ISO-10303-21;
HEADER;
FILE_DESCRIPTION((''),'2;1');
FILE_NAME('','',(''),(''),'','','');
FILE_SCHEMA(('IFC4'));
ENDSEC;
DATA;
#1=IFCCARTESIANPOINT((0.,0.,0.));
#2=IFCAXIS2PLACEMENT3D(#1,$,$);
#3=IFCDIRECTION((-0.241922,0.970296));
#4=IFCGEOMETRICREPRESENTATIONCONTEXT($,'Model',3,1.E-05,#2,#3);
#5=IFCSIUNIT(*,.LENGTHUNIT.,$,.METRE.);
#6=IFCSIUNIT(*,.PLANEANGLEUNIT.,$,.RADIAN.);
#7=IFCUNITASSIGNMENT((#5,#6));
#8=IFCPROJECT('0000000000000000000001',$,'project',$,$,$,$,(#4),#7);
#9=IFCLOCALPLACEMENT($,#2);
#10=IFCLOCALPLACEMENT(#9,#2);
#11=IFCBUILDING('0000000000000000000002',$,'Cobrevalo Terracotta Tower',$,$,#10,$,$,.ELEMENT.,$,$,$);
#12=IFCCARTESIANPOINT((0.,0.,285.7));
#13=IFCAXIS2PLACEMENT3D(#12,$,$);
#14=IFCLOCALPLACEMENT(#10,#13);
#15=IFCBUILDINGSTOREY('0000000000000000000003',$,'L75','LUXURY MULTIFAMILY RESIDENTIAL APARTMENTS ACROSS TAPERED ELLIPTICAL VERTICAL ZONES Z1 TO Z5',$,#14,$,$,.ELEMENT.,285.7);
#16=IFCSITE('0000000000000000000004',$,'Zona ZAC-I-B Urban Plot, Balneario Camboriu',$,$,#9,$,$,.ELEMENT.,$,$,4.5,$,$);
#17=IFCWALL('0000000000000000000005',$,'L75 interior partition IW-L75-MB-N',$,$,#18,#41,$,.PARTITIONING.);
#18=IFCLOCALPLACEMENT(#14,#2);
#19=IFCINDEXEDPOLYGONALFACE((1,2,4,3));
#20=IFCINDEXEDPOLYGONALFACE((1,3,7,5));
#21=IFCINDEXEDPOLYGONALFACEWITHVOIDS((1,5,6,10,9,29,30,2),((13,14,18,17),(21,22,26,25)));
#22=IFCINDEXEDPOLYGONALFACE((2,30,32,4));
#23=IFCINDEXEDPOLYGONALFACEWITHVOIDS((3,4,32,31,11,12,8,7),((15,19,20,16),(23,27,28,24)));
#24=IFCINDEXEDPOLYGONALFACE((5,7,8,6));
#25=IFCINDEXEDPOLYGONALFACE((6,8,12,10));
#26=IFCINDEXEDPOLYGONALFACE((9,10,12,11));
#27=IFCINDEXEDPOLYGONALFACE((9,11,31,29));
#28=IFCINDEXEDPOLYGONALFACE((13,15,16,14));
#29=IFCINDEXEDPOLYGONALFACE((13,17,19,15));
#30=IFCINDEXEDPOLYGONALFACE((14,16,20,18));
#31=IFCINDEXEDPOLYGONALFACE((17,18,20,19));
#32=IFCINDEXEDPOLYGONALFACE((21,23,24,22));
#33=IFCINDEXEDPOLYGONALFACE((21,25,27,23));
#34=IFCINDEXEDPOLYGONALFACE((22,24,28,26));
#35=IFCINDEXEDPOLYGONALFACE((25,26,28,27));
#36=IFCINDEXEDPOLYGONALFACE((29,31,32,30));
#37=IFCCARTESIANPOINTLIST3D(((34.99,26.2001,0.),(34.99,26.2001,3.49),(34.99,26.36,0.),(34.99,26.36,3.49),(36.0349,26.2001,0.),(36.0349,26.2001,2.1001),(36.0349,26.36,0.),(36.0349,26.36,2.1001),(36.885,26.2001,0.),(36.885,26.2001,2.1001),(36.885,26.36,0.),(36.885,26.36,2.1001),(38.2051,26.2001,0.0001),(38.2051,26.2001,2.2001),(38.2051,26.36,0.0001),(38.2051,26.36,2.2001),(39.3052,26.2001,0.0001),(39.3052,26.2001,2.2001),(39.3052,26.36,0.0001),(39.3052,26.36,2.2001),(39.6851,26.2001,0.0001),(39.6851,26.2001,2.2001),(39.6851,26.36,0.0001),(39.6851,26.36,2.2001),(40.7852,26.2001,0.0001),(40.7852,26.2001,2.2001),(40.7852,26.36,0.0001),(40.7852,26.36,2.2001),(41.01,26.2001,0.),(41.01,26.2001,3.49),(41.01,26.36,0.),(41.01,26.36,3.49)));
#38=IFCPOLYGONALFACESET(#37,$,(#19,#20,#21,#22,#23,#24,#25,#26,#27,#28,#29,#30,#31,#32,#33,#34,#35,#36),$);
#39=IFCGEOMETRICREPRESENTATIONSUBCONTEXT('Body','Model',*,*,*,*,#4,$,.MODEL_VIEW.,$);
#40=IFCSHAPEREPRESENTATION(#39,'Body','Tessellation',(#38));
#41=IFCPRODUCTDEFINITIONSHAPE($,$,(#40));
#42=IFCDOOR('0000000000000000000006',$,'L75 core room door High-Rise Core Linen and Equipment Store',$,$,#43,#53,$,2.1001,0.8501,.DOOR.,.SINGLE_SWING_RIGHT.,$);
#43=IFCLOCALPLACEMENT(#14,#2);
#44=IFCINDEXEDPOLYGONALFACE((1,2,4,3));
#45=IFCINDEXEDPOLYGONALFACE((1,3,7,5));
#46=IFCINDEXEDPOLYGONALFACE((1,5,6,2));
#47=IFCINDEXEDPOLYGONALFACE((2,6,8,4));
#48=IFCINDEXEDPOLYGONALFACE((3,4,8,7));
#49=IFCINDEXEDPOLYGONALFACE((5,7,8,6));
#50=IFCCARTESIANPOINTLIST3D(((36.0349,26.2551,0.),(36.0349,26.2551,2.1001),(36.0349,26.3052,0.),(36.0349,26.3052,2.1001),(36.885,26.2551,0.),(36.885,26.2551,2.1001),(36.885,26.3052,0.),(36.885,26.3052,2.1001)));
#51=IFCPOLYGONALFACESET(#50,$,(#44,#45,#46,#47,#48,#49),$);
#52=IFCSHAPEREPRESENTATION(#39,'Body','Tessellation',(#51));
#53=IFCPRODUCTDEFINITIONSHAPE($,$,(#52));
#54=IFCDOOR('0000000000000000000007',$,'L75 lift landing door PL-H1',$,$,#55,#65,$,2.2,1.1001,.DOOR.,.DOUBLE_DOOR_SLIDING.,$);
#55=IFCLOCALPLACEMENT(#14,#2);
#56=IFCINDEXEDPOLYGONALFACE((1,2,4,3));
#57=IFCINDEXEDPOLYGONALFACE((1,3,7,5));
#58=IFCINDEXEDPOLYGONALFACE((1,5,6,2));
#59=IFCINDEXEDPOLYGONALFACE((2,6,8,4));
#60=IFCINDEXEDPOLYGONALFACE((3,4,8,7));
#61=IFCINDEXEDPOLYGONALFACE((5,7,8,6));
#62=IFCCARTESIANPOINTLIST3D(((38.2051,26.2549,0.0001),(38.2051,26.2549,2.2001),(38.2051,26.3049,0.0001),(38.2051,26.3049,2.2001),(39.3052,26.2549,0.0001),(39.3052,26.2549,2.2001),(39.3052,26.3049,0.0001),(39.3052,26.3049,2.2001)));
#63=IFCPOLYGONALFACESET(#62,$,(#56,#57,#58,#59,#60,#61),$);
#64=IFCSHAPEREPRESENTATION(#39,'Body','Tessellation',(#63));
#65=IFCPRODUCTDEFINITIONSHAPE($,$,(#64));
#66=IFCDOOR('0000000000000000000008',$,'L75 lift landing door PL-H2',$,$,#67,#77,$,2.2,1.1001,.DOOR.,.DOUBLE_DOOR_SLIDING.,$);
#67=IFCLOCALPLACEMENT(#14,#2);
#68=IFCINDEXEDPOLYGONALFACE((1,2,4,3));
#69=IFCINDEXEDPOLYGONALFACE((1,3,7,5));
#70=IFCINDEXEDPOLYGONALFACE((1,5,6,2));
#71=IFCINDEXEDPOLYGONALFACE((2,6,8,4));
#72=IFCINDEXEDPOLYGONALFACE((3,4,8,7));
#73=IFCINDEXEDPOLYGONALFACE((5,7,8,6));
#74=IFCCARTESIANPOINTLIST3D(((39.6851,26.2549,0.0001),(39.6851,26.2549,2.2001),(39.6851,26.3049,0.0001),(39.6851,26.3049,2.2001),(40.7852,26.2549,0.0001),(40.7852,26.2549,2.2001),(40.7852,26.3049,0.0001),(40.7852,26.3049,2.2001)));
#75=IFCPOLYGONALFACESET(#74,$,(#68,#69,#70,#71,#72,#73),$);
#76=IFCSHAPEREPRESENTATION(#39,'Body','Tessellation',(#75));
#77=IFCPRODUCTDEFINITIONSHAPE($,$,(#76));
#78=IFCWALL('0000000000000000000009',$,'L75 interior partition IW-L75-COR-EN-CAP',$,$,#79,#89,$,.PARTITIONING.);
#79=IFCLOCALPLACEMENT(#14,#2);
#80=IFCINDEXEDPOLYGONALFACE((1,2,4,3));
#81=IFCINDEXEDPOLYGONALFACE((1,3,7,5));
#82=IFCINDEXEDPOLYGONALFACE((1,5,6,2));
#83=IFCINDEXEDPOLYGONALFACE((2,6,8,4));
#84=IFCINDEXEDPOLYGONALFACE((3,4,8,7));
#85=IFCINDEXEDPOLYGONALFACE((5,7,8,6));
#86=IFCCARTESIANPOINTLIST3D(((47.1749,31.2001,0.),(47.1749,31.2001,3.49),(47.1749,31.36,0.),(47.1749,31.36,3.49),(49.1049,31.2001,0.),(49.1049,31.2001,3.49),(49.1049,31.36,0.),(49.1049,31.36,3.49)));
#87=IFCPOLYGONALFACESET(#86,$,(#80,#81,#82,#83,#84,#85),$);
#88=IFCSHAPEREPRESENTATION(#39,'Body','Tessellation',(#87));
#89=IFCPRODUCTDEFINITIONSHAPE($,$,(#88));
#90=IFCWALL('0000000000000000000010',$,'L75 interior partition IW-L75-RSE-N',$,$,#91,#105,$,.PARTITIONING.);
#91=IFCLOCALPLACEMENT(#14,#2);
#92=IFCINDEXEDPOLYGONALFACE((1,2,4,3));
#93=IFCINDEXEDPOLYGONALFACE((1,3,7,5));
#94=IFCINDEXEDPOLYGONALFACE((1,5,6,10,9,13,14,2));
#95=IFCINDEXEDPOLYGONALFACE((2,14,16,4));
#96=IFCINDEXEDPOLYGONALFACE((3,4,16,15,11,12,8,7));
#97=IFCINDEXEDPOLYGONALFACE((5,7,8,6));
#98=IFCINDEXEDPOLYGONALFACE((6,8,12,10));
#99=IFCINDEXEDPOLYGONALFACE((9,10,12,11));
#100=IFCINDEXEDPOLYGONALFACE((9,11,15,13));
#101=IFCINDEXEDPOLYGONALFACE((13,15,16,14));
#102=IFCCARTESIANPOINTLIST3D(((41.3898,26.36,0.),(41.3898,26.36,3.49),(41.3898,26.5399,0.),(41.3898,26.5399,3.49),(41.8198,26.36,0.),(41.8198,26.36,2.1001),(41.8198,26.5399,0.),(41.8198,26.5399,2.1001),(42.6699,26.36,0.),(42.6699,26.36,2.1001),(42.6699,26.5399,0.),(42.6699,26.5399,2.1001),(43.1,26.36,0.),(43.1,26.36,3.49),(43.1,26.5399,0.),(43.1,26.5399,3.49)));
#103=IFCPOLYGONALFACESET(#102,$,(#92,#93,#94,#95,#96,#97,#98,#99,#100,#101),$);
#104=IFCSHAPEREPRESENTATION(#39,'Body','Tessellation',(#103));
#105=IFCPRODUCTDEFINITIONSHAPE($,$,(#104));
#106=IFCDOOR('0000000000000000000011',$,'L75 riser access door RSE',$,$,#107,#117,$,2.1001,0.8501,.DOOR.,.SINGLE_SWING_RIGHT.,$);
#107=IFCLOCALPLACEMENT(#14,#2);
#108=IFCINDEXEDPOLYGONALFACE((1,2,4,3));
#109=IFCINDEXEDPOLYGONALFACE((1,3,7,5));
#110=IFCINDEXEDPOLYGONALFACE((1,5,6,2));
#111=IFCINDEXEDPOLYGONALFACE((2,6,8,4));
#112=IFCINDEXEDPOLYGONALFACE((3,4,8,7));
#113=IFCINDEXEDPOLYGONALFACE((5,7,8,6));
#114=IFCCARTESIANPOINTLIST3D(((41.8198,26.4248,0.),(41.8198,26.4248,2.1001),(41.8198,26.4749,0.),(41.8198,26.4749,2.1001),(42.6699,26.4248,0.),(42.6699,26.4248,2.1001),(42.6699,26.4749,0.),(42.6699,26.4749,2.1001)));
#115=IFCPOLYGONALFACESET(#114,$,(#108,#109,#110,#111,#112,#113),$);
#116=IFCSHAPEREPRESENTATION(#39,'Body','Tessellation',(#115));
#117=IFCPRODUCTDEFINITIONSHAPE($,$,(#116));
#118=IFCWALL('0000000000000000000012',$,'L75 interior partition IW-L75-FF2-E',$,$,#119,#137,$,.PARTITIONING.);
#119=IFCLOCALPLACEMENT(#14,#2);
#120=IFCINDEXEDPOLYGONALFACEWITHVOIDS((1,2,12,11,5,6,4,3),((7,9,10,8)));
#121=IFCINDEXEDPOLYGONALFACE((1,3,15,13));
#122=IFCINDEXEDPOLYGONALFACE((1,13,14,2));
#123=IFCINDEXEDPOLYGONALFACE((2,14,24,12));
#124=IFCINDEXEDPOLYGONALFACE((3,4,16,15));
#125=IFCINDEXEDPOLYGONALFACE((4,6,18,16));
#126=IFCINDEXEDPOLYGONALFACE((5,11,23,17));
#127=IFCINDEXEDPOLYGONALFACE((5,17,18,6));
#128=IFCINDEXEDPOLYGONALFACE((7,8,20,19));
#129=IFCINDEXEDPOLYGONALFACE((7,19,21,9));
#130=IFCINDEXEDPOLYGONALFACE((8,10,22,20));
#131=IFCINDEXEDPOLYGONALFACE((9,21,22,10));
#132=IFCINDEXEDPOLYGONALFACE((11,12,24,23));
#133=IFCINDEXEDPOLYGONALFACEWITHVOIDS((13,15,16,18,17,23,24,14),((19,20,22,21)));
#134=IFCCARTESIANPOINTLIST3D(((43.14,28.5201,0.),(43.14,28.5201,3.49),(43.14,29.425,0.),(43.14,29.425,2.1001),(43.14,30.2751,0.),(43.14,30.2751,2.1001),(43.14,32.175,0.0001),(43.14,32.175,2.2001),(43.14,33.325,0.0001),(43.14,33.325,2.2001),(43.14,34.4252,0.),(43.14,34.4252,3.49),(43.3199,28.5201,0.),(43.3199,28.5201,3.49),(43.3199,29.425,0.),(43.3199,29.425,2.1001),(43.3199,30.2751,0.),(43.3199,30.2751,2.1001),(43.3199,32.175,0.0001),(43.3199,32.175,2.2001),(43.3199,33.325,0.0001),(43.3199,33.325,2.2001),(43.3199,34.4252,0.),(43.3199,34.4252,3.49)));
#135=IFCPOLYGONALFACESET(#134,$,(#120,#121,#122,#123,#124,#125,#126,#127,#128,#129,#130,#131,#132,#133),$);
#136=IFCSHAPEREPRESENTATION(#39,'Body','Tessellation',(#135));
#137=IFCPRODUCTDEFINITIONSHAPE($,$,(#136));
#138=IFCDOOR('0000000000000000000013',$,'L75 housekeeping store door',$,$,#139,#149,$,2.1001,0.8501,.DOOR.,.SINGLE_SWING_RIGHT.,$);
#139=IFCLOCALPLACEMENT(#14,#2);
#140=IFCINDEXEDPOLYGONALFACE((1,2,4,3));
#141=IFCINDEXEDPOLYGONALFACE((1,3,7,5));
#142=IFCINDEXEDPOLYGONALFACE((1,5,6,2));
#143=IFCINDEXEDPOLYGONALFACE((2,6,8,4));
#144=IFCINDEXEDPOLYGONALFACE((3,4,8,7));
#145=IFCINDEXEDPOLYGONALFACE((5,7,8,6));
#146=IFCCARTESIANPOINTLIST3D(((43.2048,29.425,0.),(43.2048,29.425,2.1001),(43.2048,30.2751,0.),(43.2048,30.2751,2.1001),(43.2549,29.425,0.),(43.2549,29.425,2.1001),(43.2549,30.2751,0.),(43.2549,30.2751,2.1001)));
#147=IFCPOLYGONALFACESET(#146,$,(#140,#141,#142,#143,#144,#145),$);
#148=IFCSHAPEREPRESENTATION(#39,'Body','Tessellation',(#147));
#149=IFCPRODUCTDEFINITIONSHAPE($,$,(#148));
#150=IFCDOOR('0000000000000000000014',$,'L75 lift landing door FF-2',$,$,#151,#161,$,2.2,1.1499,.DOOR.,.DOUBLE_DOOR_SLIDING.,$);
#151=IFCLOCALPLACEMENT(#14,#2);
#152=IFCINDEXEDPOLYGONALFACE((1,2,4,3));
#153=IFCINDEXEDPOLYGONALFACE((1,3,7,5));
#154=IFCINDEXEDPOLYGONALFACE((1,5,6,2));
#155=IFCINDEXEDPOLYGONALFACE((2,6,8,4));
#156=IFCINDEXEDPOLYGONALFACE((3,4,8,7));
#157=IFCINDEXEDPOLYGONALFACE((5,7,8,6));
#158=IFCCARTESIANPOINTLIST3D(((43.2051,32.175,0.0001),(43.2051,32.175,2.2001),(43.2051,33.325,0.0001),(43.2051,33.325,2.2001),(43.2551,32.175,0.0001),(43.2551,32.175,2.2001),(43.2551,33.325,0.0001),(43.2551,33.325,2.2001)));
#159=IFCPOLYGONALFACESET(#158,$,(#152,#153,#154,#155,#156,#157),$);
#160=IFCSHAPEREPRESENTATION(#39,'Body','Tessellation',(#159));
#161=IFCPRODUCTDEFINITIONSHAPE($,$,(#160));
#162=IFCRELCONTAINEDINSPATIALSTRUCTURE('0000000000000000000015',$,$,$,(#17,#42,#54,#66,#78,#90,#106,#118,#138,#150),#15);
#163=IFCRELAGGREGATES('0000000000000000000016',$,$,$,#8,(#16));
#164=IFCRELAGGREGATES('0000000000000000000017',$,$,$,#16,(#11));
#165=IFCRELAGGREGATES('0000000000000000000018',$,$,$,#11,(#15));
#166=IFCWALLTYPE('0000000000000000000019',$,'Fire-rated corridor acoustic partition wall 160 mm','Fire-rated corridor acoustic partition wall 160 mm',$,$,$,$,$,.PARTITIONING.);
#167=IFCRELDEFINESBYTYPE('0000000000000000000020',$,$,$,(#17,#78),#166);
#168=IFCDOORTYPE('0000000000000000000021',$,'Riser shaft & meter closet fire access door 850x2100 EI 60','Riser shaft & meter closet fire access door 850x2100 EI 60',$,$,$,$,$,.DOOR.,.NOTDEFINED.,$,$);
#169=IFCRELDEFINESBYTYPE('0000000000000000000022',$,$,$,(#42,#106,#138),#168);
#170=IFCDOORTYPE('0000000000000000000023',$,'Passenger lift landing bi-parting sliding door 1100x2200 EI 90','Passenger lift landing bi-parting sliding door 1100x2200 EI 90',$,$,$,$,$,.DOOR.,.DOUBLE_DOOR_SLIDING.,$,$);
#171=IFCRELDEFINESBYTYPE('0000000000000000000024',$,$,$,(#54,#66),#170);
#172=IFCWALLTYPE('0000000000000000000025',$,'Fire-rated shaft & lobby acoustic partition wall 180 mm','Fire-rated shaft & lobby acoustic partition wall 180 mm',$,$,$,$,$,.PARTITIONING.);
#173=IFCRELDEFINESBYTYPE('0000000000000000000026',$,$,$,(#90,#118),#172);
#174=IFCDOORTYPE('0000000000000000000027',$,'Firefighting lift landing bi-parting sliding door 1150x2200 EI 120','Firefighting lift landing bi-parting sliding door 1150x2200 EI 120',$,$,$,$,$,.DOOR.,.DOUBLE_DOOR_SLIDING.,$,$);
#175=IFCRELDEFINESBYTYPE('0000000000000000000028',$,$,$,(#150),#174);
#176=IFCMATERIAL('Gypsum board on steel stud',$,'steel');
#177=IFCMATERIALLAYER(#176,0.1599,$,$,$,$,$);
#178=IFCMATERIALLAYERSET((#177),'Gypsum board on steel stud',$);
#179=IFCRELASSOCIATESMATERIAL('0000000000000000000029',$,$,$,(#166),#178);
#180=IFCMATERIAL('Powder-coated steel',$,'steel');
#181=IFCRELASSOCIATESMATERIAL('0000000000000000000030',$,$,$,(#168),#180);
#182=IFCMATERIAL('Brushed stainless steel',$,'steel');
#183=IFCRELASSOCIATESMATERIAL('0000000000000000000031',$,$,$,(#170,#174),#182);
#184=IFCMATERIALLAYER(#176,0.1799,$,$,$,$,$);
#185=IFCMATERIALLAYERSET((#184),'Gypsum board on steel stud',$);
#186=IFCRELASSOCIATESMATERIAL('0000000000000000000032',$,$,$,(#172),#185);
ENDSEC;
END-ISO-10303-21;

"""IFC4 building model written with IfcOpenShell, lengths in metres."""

from ifc_helpers import new_model, si_unit, direction, frame, frame_2d, origin, place, context, subcontext, project, spatial, rectangle, extrude, source, transform, mapped, material, layer, layer_set, type_object, element, fill, save


model = new_model("IFC4")

# Units and contexts
model_context = context("Model", 3, precision=1e-05, world=origin(), true_north=direction((-0.241922, 0.970296)))
body_context = subcontext(model_context, "Body", "Model", "MODEL_VIEW")
ifc_project = project(units=[si_unit("LENGTHUNIT", "METRE"), si_unit("PLANEANGLEUNIT", "RADIAN")], contexts=[model_context])

# Site, building, storey
site_placement = place(None, origin())
site = spatial("IfcSite", under=ifc_project, at=site_placement, Name="Zona ZAC-I-B Urban Plot, Balneario Camboriu", CompositionType="ELEMENT", RefElevation=4.5)
building_placement = place(site_placement, origin())
building = spatial("IfcBuilding", under=site, at=building_placement, Name="Cobrevalo Terracotta Tower", CompositionType="ELEMENT")
storey_placement = place(building_placement, frame((0.0, 0.0, 285.7)))
storey = spatial("IfcBuildingStorey", under=building, at=storey_placement, Name="L75", Description="LUXURY MULTIFAMILY RESIDENTIAL APARTMENTS ACROSS TAPERED ELLIPTICAL VERTICAL ZONES Z1 TO Z5", CompositionType="ELEMENT", Elevation=285.7)

# Shared definitions
ifc_material_1 = material(Name="Gypsum board on steel stud", Category="steel")
ifc_layer_1 = layer(ifc_material_1, 0.1599)
ifc_layer_set_1 = layer_set([ifc_layer_1], Name="Gypsum board on steel stud")
wall_type_1 = type_object("IfcWallType", Name="Fire-rated corridor acoustic partition wall 160 mm", Description="Fire-rated corridor acoustic partition wall 160 mm", PredefinedType="PARTITIONING", material=ifc_layer_set_1)

# Wall, openings, doors
ifc_material_2 = material(Name="Powder-coated steel", Category="steel")
door_type_1 = type_object("IfcDoorType", Name="Riser shaft & meter closet fire access door 850x2100 EI 60", Description="Riser shaft & meter closet fire access door 850x2100 EI 60", OperationType="NOTDEFINED", PredefinedType="DOOR", material=ifc_material_2)
shared_shape_1 = source(origin(), body_context, "Body", "SweptSolid", [
    extrude(rectangle(XDim=0.8501, YDim=2.1001, at=frame_2d((0.425, 1.05))), frame((0.0, 0.0249, 0.0), z_axis=(0.0, -1.0, 0.0), x_axis=(1.0, 0.0, 0.0)), (0.0, 0.0, 1.0), 0.05),
])
wall_1_placement = place(storey_placement, frame((34.99, 26.28, 0.0), z_axis=(0.0, 0.0, 1.0), x_axis=(1.0, 0.0, 0.0)))
wall_1 = element("IfcWall", 1, at=wall_1_placement, inside=storey, type_object=wall_type_1, Name="L75 interior partition IW-L75-MB-N", PredefinedType="PARTITIONING", context=body_context, shape_type="SweptSolid", body=[
    extrude(rectangle(XDim=6.02, YDim=0.1599, at=frame_2d((3.01, 0.0))), origin(), (0.0, 0.0, 1.0), 3.49),
])
opening_1_placement = place(wall_1_placement, frame((1.0449, 0.0, 0.0)))
opening_1 = element("IfcOpeningElement", 2, at=opening_1_placement, cuts=wall_1, PredefinedType="OPENING", context=body_context, shape_type="SweptSolid", body=[
    extrude(rectangle(XDim=0.8501, YDim=2.1001, at=frame_2d((0.425, 1.05))), frame((0.0, 0.0898, 0.0), z_axis=(0.0, -1.0, 0.0), x_axis=(1.0, 0.0, 0.0)), (0.0, 0.0, 1.0), 0.1799),
])
opening_2_placement = place(wall_1_placement, frame((3.2151, 0.0, 0.0)))
opening_2 = element("IfcOpeningElement", 3, at=opening_2_placement, cuts=wall_1, PredefinedType="OPENING", context=body_context, shape_type="SweptSolid", body=[
    extrude(rectangle(XDim=1.1001, YDim=2.2, at=frame_2d((0.55, 1.1001))), frame((0.0, 0.0898, 0.0), z_axis=(0.0, -1.0, 0.0), x_axis=(1.0, 0.0, 0.0)), (0.0, 0.0, 1.0), 0.1799),
])
opening_3_placement = place(wall_1_placement, frame((4.6951, 0.0, 0.0)))
opening_3 = element("IfcOpeningElement", 4, at=opening_3_placement, cuts=wall_1, PredefinedType="OPENING", context=body_context, shape_type="SweptSolid", body=[
    extrude(rectangle(XDim=1.1001, YDim=2.2, at=frame_2d((0.55, 1.1001))), frame((0.0, 0.0898, 0.0), z_axis=(0.0, -1.0, 0.0), x_axis=(1.0, 0.0, 0.0)), (0.0, 0.0, 1.0), 0.1799),
])
door_1_placement = place(opening_1_placement, frame((0.8501, 0.0, 0.0), z_axis=(0.0, 0.0, 1.0), x_axis=(-1.0, 0.0, 0.0)))
door_1 = element("IfcDoor", 5, at=door_1_placement, inside=storey, type_object=door_type_1, Name="L75 core room door High-Rise Core Linen and Equipment Store", OperationType="SINGLE_SWING_RIGHT", OverallHeight=2.1001, OverallWidth=0.8501, PredefinedType="DOOR", context=body_context, shape_type="MappedRepresentation", body=[
    mapped(shared_shape_1, transform((0.0, 0.0, 0.0), scale=1.0)),
])
fill(opening_1, door_1)
ifc_material_3 = material(Name="Brushed stainless steel", Category="steel")
door_type_2 = type_object("IfcDoorType", Name="Passenger lift landing bi-parting sliding door 1100x2200 EI 90", Description="Passenger lift landing bi-parting sliding door 1100x2200 EI 90", OperationType="DOUBLE_DOOR_SLIDING", PredefinedType="DOOR", material=ifc_material_3)
shared_shape_2 = source(origin(), body_context, "Body", "SweptSolid", [
    extrude(rectangle(XDim=1.1001, YDim=2.2, at=frame_2d((0.55, 1.1001))), frame((0.0, 0.0249, 0.0), z_axis=(0.0, -1.0, 0.0), x_axis=(1.0, 0.0, 0.0)), (0.0, 0.0, 1.0), 0.05),
])
door_2_placement = place(opening_2_placement, origin())
door_2 = element("IfcDoor", 6, at=door_2_placement, inside=storey, type_object=door_type_2, Name="L75 lift landing door PL-H1", OperationType="DOUBLE_DOOR_SLIDING", OverallHeight=2.2, OverallWidth=1.1001, PredefinedType="DOOR", context=body_context, shape_type="MappedRepresentation", body=[
    mapped(shared_shape_2, transform((0.0, 0.0, 0.0), scale=1.0)),
])
fill(opening_2, door_2)
door_3_placement = place(opening_3_placement, origin())
door_3 = element("IfcDoor", 7, at=door_3_placement, inside=storey, type_object=door_type_2, Name="L75 lift landing door PL-H2", OperationType="DOUBLE_DOOR_SLIDING", OverallHeight=2.2, OverallWidth=1.1001, PredefinedType="DOOR", context=body_context, shape_type="MappedRepresentation", body=[
    mapped(shared_shape_2, transform((0.0, 0.0, 0.0), scale=1.0)),
])
fill(opening_3, door_3)

# Wall
wall_2_placement = place(storey_placement, frame((47.175, 31.28, 0.0), z_axis=(0.0, 0.0, 1.0), x_axis=(1.0, 0.0, 0.0)))
element("IfcWall", 8, at=wall_2_placement, inside=storey, type_object=wall_type_1, Name="L75 interior partition IW-L75-COR-EN-CAP", PredefinedType="PARTITIONING", context=body_context, shape_type="SweptSolid", body=[
    extrude(rectangle(XDim=1.9299, YDim=0.1599, at=frame_2d((0.9648, 0.0))), origin(), (0.0, 0.0, 1.0), 3.49),
])

# Wall, opening, door
ifc_layer_2 = layer(ifc_material_1, 0.1799)
ifc_layer_set_2 = layer_set([ifc_layer_2], Name="Gypsum board on steel stud")
wall_type_2 = type_object("IfcWallType", Name="Fire-rated shaft & lobby acoustic partition wall 180 mm", Description="Fire-rated shaft & lobby acoustic partition wall 180 mm", PredefinedType="PARTITIONING", material=ifc_layer_set_2)
wall_3_placement = place(storey_placement, frame((41.3899, 26.45, 0.0), z_axis=(0.0, 0.0, 1.0), x_axis=(1.0, 0.0, 0.0)))
wall_3 = element("IfcWall", 9, at=wall_3_placement, inside=storey, type_object=wall_type_2, Name="L75 interior partition IW-L75-RSE-N", PredefinedType="PARTITIONING", context=body_context, shape_type="SweptSolid", body=[
    extrude(rectangle(XDim=1.7102, YDim=0.1799, at=frame_2d((0.855, 0.0))), origin(), (0.0, 0.0, 1.0), 3.49),
])
opening_4_placement = place(wall_3_placement, frame((0.4299, 0.0, 0.0)))
opening_4 = element("IfcOpeningElement", 10, at=opening_4_placement, cuts=wall_3, PredefinedType="OPENING", context=body_context, shape_type="SweptSolid", body=[
    extrude(rectangle(XDim=0.8501, YDim=2.1001, at=frame_2d((0.425, 1.05))), frame((0.0, 0.1001, 0.0), z_axis=(0.0, -1.0, 0.0), x_axis=(1.0, 0.0, 0.0)), (0.0, 0.0, 1.0), 0.2),
])
door_4_placement = place(opening_4_placement, origin())
door_4 = element("IfcDoor", 11, at=door_4_placement, inside=storey, type_object=door_type_1, Name="L75 riser access door RSE", OperationType="SINGLE_SWING_RIGHT", OverallHeight=2.1001, OverallWidth=0.8501, PredefinedType="DOOR", context=body_context, shape_type="MappedRepresentation", body=[
    mapped(shared_shape_1, transform((0.0, 0.0, 0.0), scale=1.0)),
])
fill(opening_4, door_4)

# Wall, openings, doors
wall_4_placement = place(storey_placement, frame((43.23, 28.52, 0.0), z_axis=(0.0, 0.0, 1.0), x_axis=(0.0, 1.0, 0.0)))
wall_4 = element("IfcWall", 12, at=wall_4_placement, inside=storey, type_object=wall_type_2, Name="L75 interior partition IW-L75-FF2-E", PredefinedType="PARTITIONING", context=body_context, shape_type="SweptSolid", body=[
    extrude(rectangle(XDim=5.905, YDim=0.1799, at=frame_2d((2.9526, 0.0))), origin(), (0.0, 0.0, 1.0), 3.49),
])
opening_5_placement = place(wall_4_placement, frame((0.905, 0.0, 0.0)))
opening_5 = element("IfcOpeningElement", 13, at=opening_5_placement, cuts=wall_4, PredefinedType="OPENING", context=body_context, shape_type="SweptSolid", body=[
    extrude(rectangle(XDim=0.8501, YDim=2.1001, at=frame_2d((0.425, 1.05))), frame((0.0, 0.1001, 0.0), z_axis=(0.0, -1.0, 0.0), x_axis=(1.0, 0.0, 0.0)), (0.0, 0.0, 1.0), 0.2),
])
opening_6_placement = place(wall_4_placement, frame((3.655, 0.0, 0.0)))
opening_6 = element("IfcOpeningElement", 14, at=opening_6_placement, cuts=wall_4, PredefinedType="OPENING", context=body_context, shape_type="SweptSolid", body=[
    extrude(rectangle(XDim=1.1499, YDim=2.2, at=frame_2d((0.575, 1.1001))), frame((0.0, 0.1001, 0.0), z_axis=(0.0, -1.0, 0.0), x_axis=(1.0, 0.0, 0.0)), (0.0, 0.0, 1.0), 0.2),
])
door_5_placement = place(opening_5_placement, frame((0.8501, 0.0, 0.0), z_axis=(0.0, 0.0, 1.0), x_axis=(-1.0, 0.0, 0.0)))
door_5 = element("IfcDoor", 15, at=door_5_placement, inside=storey, type_object=door_type_1, Name="L75 housekeeping store door", OperationType="SINGLE_SWING_RIGHT", OverallHeight=2.1001, OverallWidth=0.8501, PredefinedType="DOOR", context=body_context, shape_type="MappedRepresentation", body=[
    mapped(shared_shape_1, transform((0.0, 0.0, 0.0), scale=1.0)),
])
fill(opening_5, door_5)
door_type_3 = type_object("IfcDoorType", Name="Firefighting lift landing bi-parting sliding door 1150x2200 EI 120", Description="Firefighting lift landing bi-parting sliding door 1150x2200 EI 120", OperationType="DOUBLE_DOOR_SLIDING", PredefinedType="DOOR", material=ifc_material_3)
shared_shape_3 = source(origin(), body_context, "Body", "SweptSolid", [
    extrude(rectangle(XDim=1.1499, YDim=2.2, at=frame_2d((0.575, 1.1001))), frame((0.0, 0.0249, 0.0), z_axis=(0.0, -1.0, 0.0), x_axis=(1.0, 0.0, 0.0)), (0.0, 0.0, 1.0), 0.05),
])
door_6_placement = place(opening_6_placement, origin())
door_6 = element("IfcDoor", 16, at=door_6_placement, inside=storey, type_object=door_type_3, Name="L75 lift landing door FF-2", OperationType="DOUBLE_DOOR_SLIDING", OverallHeight=2.2, OverallWidth=1.1499, PredefinedType="DOOR", context=body_context, shape_type="MappedRepresentation", body=[
    mapped(shared_shape_3, transform((0.0, 0.0, 0.0), scale=1.0)),
])
fill(opening_6, door_6)

save(model, "model.ifc")
